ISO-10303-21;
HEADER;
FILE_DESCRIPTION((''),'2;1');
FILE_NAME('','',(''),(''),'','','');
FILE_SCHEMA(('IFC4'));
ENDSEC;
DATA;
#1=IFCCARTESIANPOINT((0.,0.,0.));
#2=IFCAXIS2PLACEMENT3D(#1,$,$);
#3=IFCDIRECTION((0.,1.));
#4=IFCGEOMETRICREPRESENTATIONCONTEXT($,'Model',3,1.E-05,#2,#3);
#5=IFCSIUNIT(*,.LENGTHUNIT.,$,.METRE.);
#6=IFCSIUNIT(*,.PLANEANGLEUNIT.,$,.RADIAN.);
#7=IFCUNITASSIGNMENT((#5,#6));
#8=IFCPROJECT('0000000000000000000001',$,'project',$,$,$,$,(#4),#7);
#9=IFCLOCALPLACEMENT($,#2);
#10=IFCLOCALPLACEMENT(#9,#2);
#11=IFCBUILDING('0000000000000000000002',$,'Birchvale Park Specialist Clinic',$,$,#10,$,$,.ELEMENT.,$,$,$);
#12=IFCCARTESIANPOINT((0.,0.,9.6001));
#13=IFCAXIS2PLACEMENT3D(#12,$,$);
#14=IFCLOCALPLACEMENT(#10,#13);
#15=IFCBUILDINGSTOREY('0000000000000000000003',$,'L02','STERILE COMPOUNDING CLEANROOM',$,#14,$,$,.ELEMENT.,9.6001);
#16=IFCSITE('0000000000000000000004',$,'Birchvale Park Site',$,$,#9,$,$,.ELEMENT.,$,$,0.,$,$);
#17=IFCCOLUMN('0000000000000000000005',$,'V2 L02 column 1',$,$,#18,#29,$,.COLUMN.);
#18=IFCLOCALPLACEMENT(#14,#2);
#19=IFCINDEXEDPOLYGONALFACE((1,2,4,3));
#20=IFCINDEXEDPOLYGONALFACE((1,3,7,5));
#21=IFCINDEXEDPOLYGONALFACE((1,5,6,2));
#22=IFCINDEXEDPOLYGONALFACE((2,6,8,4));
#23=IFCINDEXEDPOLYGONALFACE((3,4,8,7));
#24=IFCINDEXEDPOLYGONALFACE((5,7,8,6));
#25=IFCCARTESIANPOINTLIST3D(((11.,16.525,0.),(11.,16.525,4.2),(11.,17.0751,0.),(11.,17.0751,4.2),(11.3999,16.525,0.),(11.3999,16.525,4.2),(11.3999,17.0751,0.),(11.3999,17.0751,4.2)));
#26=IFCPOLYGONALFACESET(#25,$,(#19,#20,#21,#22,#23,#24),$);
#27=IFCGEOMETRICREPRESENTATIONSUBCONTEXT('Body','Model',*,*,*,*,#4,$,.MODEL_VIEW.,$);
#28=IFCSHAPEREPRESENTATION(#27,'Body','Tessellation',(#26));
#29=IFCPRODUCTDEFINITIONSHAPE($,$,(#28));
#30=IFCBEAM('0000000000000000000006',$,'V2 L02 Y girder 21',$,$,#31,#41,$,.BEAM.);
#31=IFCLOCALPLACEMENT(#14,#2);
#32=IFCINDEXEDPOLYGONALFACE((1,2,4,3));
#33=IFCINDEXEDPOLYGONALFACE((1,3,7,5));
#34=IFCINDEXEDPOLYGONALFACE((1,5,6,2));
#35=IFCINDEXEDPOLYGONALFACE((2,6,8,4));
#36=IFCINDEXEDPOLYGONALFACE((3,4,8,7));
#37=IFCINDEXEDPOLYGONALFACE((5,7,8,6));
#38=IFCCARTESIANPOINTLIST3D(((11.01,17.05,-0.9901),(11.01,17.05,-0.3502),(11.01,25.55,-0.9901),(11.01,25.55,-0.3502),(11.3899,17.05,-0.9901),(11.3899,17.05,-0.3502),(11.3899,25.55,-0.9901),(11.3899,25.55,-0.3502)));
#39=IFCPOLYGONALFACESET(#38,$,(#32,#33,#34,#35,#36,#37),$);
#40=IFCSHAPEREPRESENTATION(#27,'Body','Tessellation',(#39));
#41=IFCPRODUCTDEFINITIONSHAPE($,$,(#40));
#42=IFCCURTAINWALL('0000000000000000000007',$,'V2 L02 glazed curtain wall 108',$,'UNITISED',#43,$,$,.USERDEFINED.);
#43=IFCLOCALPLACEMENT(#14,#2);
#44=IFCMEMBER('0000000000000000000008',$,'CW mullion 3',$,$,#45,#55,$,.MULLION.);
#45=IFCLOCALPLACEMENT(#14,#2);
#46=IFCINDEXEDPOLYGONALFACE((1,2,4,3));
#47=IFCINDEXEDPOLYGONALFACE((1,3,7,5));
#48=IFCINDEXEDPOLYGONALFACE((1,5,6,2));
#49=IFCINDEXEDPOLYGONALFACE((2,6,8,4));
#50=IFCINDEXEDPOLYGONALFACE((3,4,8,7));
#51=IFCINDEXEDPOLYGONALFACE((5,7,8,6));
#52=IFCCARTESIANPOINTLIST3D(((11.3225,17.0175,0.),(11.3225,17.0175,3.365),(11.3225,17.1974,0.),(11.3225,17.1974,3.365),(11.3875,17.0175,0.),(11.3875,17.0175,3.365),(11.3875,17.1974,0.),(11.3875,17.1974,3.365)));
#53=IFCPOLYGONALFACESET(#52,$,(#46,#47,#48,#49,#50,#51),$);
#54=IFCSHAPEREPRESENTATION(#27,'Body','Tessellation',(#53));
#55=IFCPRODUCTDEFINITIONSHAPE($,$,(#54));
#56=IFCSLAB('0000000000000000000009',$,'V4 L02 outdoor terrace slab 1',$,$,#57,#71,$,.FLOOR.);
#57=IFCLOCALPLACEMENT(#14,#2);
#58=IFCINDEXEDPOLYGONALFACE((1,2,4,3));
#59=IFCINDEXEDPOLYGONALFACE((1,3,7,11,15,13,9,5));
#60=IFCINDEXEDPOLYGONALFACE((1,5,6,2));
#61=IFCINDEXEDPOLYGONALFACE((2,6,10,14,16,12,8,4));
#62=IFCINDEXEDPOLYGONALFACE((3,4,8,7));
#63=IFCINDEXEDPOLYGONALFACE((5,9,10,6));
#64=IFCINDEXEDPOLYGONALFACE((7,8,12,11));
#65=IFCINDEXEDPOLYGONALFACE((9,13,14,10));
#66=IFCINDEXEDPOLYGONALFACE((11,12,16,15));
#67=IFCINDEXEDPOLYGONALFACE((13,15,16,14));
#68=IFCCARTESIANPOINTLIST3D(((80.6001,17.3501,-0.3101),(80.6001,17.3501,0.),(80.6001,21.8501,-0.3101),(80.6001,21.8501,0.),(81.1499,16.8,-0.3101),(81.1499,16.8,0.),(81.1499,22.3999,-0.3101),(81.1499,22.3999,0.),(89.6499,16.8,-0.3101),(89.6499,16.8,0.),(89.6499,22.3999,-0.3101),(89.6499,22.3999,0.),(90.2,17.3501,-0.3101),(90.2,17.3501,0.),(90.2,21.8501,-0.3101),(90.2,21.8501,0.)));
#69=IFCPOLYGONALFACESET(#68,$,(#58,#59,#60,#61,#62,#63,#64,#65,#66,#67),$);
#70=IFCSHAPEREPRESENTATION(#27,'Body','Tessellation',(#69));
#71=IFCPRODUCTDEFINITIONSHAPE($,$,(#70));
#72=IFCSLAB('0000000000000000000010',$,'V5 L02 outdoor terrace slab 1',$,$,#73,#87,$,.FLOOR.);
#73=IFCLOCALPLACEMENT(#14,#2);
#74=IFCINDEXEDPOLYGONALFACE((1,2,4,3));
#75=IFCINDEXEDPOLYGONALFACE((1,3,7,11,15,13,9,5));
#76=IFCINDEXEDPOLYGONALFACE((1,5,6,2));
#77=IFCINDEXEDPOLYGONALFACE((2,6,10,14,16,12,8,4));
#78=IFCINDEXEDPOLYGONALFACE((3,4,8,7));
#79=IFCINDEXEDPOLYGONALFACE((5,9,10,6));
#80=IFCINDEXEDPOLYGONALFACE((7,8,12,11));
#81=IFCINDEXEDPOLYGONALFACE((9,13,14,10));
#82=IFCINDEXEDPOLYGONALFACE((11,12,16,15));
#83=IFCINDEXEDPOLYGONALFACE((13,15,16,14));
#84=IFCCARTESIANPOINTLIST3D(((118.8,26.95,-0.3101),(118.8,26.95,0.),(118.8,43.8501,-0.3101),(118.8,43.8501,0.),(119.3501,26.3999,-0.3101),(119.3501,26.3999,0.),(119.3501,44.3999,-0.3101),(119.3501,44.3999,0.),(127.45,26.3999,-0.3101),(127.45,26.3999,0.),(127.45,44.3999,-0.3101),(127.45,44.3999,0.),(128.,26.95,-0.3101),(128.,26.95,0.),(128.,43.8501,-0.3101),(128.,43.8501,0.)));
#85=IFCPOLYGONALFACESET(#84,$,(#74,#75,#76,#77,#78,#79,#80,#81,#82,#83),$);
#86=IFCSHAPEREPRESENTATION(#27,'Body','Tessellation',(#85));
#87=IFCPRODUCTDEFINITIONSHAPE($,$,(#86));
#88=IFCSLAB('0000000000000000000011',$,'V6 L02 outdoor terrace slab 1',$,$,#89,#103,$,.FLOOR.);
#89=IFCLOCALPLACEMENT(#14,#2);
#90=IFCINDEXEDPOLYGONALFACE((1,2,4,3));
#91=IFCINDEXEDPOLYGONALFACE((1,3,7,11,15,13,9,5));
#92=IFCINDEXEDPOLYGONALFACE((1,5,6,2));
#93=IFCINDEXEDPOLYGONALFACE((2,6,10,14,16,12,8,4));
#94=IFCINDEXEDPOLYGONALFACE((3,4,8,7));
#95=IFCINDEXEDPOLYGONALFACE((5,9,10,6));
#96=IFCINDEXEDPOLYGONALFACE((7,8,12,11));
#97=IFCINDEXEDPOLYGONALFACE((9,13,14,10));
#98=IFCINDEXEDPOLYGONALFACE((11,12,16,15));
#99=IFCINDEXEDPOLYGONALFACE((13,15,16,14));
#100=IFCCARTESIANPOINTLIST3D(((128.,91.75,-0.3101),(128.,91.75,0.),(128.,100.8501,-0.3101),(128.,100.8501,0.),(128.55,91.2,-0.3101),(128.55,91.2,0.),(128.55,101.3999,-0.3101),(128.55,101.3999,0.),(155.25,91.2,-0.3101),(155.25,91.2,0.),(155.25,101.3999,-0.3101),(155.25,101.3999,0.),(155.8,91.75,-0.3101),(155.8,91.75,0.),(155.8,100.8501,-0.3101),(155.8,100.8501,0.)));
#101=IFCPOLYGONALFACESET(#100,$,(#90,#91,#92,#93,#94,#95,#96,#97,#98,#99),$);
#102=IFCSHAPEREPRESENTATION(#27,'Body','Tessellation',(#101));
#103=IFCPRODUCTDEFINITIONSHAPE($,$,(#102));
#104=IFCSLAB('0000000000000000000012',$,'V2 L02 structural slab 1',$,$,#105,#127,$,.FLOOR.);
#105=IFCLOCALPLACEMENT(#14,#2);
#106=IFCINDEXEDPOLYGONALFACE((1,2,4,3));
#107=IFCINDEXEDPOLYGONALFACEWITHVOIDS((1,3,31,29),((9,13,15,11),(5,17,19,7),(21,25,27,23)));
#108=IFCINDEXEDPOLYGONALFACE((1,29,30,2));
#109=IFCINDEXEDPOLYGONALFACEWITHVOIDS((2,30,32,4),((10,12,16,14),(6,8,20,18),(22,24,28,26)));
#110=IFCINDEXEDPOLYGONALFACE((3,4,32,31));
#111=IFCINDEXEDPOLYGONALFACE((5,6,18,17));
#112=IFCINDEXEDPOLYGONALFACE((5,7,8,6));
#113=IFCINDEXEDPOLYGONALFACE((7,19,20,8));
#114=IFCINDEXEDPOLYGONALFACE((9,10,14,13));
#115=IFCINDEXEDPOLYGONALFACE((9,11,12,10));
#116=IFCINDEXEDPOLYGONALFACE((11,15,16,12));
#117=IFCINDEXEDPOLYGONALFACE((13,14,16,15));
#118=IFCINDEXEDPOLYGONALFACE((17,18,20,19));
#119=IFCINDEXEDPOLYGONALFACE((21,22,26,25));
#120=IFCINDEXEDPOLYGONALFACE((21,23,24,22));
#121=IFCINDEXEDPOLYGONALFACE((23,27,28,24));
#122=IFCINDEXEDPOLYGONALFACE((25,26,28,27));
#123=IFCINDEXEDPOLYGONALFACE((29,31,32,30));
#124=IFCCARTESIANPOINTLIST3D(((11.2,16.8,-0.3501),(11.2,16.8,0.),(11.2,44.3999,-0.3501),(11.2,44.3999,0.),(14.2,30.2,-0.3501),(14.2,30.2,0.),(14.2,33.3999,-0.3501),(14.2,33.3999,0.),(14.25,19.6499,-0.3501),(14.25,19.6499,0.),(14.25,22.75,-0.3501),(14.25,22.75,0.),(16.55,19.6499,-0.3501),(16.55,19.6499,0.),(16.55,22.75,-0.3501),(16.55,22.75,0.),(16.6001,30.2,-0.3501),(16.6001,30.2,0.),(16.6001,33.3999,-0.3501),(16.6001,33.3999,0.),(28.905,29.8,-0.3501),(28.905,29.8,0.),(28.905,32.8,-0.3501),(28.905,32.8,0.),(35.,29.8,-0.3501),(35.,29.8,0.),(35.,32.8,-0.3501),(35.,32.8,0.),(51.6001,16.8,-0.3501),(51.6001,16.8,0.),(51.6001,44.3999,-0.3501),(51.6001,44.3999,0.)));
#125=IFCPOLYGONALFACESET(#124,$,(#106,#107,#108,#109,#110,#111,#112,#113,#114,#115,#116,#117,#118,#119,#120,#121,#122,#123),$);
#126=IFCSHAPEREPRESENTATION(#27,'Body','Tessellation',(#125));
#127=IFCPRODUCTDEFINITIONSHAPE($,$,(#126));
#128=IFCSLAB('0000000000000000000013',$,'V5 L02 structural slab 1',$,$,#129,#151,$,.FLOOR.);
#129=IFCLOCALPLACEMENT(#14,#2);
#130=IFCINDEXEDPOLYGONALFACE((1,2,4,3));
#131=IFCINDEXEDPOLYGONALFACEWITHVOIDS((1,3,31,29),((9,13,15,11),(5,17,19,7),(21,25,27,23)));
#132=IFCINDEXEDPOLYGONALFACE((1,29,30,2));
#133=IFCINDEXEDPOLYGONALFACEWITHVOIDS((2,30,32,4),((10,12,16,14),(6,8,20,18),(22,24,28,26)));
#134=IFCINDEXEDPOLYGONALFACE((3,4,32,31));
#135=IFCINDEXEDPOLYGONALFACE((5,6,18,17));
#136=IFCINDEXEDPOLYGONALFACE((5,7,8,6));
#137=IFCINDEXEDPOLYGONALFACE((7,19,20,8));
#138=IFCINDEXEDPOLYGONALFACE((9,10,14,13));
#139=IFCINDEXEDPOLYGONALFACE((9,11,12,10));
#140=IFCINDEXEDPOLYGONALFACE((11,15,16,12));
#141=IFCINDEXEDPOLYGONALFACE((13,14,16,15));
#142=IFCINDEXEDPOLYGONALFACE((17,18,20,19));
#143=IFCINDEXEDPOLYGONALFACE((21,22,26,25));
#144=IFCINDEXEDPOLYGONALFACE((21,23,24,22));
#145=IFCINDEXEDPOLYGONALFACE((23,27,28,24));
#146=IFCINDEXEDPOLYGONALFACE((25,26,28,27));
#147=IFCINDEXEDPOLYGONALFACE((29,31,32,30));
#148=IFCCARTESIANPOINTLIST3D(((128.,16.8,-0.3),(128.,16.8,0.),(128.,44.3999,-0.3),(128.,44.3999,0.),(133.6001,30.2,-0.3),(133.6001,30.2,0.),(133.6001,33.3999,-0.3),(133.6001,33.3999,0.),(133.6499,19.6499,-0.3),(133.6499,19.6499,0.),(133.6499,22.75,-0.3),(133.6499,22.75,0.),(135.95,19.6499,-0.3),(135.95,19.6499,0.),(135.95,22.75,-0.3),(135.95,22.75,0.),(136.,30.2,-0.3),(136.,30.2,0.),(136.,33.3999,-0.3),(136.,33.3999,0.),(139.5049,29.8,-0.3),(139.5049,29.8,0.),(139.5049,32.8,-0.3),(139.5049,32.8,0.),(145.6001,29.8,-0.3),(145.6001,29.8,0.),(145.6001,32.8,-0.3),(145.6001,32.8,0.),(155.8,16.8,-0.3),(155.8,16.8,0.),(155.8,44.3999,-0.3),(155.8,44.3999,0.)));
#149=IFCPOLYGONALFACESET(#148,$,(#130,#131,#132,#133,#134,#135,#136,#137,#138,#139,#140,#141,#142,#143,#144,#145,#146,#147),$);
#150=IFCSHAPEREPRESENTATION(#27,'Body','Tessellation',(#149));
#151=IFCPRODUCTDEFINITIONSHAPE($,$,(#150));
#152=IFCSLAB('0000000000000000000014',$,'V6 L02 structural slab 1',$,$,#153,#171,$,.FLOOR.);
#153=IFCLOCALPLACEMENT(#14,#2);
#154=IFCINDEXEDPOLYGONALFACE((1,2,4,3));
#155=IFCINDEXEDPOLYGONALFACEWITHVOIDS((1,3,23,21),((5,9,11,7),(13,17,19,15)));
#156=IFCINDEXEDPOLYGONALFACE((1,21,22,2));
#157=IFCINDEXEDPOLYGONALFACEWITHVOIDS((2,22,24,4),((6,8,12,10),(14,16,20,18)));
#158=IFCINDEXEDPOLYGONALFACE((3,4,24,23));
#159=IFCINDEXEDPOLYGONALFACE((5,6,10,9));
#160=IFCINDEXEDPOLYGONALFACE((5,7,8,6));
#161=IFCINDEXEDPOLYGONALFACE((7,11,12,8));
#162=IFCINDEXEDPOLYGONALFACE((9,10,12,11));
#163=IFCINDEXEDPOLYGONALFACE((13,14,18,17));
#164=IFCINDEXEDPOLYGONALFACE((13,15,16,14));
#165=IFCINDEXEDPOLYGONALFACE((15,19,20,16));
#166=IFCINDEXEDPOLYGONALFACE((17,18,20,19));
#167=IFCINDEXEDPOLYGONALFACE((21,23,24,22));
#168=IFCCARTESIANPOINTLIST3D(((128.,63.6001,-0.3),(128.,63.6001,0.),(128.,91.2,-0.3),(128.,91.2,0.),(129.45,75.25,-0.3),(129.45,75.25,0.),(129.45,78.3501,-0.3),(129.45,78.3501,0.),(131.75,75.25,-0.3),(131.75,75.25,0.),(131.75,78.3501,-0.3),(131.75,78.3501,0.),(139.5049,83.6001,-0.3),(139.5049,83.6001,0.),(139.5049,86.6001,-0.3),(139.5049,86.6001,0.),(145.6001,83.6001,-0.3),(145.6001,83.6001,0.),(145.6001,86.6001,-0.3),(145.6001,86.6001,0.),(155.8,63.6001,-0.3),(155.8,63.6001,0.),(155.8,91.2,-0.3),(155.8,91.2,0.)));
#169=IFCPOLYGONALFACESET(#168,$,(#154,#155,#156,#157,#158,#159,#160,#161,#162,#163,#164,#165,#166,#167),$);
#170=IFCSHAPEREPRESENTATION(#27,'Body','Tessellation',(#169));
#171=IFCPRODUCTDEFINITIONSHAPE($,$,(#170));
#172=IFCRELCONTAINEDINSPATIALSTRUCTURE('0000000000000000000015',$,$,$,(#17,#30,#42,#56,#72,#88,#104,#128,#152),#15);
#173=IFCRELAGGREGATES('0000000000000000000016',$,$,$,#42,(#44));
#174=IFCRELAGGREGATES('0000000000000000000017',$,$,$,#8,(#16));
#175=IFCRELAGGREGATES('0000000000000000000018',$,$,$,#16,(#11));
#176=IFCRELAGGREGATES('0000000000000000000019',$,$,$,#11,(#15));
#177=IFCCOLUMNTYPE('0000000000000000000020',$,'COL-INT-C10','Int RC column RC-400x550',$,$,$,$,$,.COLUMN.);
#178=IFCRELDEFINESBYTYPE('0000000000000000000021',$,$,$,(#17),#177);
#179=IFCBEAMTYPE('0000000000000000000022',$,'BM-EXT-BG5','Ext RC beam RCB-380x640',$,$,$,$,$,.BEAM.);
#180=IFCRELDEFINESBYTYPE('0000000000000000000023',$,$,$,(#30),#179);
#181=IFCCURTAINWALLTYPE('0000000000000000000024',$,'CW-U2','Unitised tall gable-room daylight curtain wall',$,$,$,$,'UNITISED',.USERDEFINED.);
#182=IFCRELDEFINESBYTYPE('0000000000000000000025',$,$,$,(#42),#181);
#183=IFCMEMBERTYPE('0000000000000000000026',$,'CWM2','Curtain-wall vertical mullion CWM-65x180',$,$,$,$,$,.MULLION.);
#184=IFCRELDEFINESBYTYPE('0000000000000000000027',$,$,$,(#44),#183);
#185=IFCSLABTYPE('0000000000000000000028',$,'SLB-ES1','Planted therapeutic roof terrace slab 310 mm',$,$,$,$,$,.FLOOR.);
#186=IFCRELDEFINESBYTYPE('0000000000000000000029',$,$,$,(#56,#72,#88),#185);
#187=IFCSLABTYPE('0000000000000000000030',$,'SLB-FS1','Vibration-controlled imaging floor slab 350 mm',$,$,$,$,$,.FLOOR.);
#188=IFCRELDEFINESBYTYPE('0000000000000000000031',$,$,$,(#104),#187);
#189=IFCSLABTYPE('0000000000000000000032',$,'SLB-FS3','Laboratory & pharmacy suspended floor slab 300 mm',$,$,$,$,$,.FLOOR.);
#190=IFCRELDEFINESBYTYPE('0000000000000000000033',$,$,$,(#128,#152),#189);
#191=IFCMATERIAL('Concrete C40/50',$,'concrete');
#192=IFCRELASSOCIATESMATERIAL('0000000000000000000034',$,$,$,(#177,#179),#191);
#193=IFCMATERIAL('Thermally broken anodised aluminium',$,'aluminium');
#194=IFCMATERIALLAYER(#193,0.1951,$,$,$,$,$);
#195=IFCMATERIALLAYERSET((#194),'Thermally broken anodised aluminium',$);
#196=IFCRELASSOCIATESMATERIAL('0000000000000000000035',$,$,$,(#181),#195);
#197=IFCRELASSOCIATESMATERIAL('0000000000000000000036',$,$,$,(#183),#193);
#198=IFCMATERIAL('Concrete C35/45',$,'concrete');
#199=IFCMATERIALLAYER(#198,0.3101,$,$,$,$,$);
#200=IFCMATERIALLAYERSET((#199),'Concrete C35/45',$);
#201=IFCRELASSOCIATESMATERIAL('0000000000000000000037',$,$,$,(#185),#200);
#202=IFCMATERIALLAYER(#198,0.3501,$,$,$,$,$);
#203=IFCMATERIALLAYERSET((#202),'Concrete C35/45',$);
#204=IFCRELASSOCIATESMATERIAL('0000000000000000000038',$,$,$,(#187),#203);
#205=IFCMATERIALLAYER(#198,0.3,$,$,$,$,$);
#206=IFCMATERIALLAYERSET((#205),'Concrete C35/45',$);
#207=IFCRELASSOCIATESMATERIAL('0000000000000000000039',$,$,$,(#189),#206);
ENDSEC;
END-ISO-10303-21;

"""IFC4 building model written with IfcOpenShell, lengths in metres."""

from ifc_helpers import new_model, si_unit, direction, frame, origin, origin_2d, place, context, subcontext, project, spatial, polyline, rectangle, outline, extrude, material, layer, layer_set, material_profile, profile_set, type_object, element, aggregate, save


model = new_model("IFC4")

# Units and contexts
model_context = context("Model", 3, precision=1e-05, world=origin(), true_north=direction((0.0, 1.0)))
body_context = subcontext(model_context, "Body", "Model", "MODEL_VIEW")
ifc_project = project(units=[si_unit("LENGTHUNIT", "METRE"), si_unit("PLANEANGLEUNIT", "RADIAN")], contexts=[model_context])

# Site, building, storey
site_placement = place(None, origin())
site = spatial("IfcSite", under=ifc_project, at=site_placement, Name="Birchvale Park Site", CompositionType="ELEMENT", RefElevation=0.0)
building_placement = place(site_placement, origin())
building = spatial("IfcBuilding", under=site, at=building_placement, Name="Birchvale Park Specialist Clinic", CompositionType="ELEMENT")
storey_placement = place(building_placement, frame((0.0, 0.0, 9.6001)))
storey = spatial("IfcBuildingStorey", under=building, at=storey_placement, Name="L02", Description="STERILE COMPOUNDING CLEANROOM", CompositionType="ELEMENT", Elevation=9.6001)

# Column
ifc_material_1 = material(Name="Concrete C40/50", Category="concrete")
ifc_material_profile_1 = material_profile(ifc_material_1, rectangle(XDim=0.3999, YDim=0.55, at=origin_2d()), Name="RC-400x550")
ifc_profile_set_1 = profile_set([ifc_material_profile_1], Name="Concrete C40/50")
column_type = type_object("IfcColumnType", Name="COL-INT-C10", Description="Int RC column RC-400x550", PredefinedType="COLUMN", material=ifc_profile_set_1)
column_placement = place(storey_placement, frame((11.2, 16.8, 0.0), z_axis=(0.0, 0.0, 1.0), x_axis=(1.0, 0.0, 0.0)))
element("IfcColumn", 1, at=column_placement, inside=storey, type_object=column_type, Name="V2 L02 column 1", PredefinedType="COLUMN", context=body_context, shape_type="SweptSolid", body=[
    extrude(rectangle(XDim=0.3999, YDim=0.55, at=origin_2d()), origin(), (0.0, 0.0, 1.0), 4.2),
])

# Beam
ifc_material_profile_2 = material_profile(ifc_material_1, rectangle(XDim=0.3799, YDim=0.6399, at=origin_2d()), Name="RCB-380x640")
ifc_profile_set_2 = profile_set([ifc_material_profile_2], Name="Concrete C40/50")
beam_type = type_object("IfcBeamType", Name="BM-EXT-BG5", Description="Ext RC beam RCB-380x640", PredefinedType="BEAM", material=ifc_profile_set_2)
beam_placement = place(storey_placement, frame((11.2, 17.05, -0.6702), z_axis=(0.0, 1.0, 0.0), x_axis=(-1.0, 0.0, 0.0)))
element("IfcBeam", 2, at=beam_placement, inside=storey, type_object=beam_type, Name="V2 L02 Y girder 21", PredefinedType="BEAM", context=body_context, shape_type="SweptSolid", body=[
    extrude(rectangle(XDim=0.3799, YDim=0.6399, at=origin_2d()), origin(), (0.0, 0.0, 1.0), 8.5),
])

# Curtain wall, member
ifc_material_2 = material(Name="Thermally broken anodised aluminium", Category="aluminium")
ifc_layer_1 = layer(ifc_material_2, 0.1951)
ifc_layer_set_1 = layer_set([ifc_layer_1], Name="Thermally broken anodised aluminium")
curtain_wall_type = type_object("IfcCurtainWallType", Name="CW-U2", Description="Unitised tall gable-room daylight curtain wall", ElementType="UNITISED", PredefinedType="USERDEFINED", material=ifc_layer_set_1)
curtain_wall_placement = place(storey_placement, origin())
curtain_wall = element("IfcCurtainWall", 3, at=curtain_wall_placement, inside=storey, type_object=curtain_wall_type, Name="V2 L02 glazed curtain wall 108", ObjectType="UNITISED", PredefinedType="USERDEFINED")
ifc_material_profile_3 = material_profile(ifc_material_2, rectangle(XDim=0.0649, YDim=0.1799, at=origin_2d()), Name="CWM-65x180")
ifc_profile_set_3 = profile_set([ifc_material_profile_3], Name="Thermally broken anodised aluminium")
member_type = type_object("IfcMemberType", Name="CWM2", Description="Curtain-wall vertical mullion CWM-65x180", PredefinedType="MULLION", material=ifc_profile_set_3)
member_placement = place(storey_placement, frame((11.355, 17.1074, 0.0), z_axis=(0.0, 0.0, 1.0), x_axis=(1.0, 0.0, 0.0)))
member = element("IfcMember", 4, at=member_placement, type_object=member_type, Name="CW mullion 3", PredefinedType="MULLION", context=body_context, shape_type="SweptSolid", body=[
    extrude(rectangle(XDim=0.0649, YDim=0.1799, at=origin_2d()), origin(), (0.0, 0.0, 1.0), 3.365),
])
aggregate(curtain_wall, [member])

# Slabs
ifc_material_3 = material(Name="Concrete C35/45", Category="concrete")
ifc_layer_2 = layer(ifc_material_3, 0.3101)
ifc_layer_set_2 = layer_set([ifc_layer_2], Name="Concrete C35/45")
slab_type_1 = type_object("IfcSlabType", Name="SLB-ES1", Description="Planted therapeutic roof terrace slab 310 mm", PredefinedType="FLOOR", material=ifc_layer_set_2)
slab_1_placement = place(storey_placement, frame((0.0, 0.0, -0.3101)))
element("IfcSlab", 5, at=slab_1_placement, inside=storey, type_object=slab_type_1, Name="V4 L02 outdoor terrace slab 1", PredefinedType="FLOOR", context=body_context, shape_type="SweptSolid", body=[
    extrude(outline(polyline([(81.1499, 16.8), (89.6499, 16.8), (90.2, 17.3501), (90.2, 21.8501), (89.6499, 22.3999), (81.1499, 22.3999), (80.6001, 21.8501), (80.6001, 17.3501), (81.1499, 16.8)])), origin(), (0.0, 0.0, 1.0), 0.3101),
])
slab_2_placement = place(storey_placement, frame((0.0, 0.0, -0.3101)))
element("IfcSlab", 6, at=slab_2_placement, inside=storey, type_object=slab_type_1, Name="V5 L02 outdoor terrace slab 1", PredefinedType="FLOOR", context=body_context, shape_type="SweptSolid", body=[
    extrude(outline(polyline([(119.3501, 26.3999), (127.45, 26.3999), (128.0, 26.95), (128.0, 43.8501), (127.45, 44.3999), (119.3501, 44.3999), (118.8, 43.8501), (118.8, 26.95), (119.3501, 26.3999)])), origin(), (0.0, 0.0, 1.0), 0.3101),
])
slab_3_placement = place(storey_placement, frame((0.0, 0.0, -0.3101)))
element("IfcSlab", 7, at=slab_3_placement, inside=storey, type_object=slab_type_1, Name="V6 L02 outdoor terrace slab 1", PredefinedType="FLOOR", context=body_context, shape_type="SweptSolid", body=[
    extrude(outline(polyline([(128.55, 91.2), (155.25, 91.2), (155.8, 91.75), (155.8, 100.8501), (155.25, 101.3999), (128.55, 101.3999), (128.0, 100.8501), (128.0, 91.75), (128.55, 91.2)])), origin(), (0.0, 0.0, 1.0), 0.3101),
])
ifc_layer_3 = layer(ifc_material_3, 0.3501)
ifc_layer_set_3 = layer_set([ifc_layer_3], Name="Concrete C35/45")
slab_type_2 = type_object("IfcSlabType", Name="SLB-FS1", Description="Vibration-controlled imaging floor slab 350 mm", PredefinedType="FLOOR", material=ifc_layer_set_3)
slab_4_placement = place(storey_placement, frame((0.0, 0.0, -0.3501)))
element("IfcSlab", 8, at=slab_4_placement, inside=storey, type_object=slab_type_2, Name="V2 L02 structural slab 1", PredefinedType="FLOOR", context=body_context, shape_type="SweptSolid", body=[
    extrude(outline(polyline([(11.2, 16.8), (51.6001, 16.8), (51.6001, 44.3999), (11.2, 44.3999), (11.2, 16.8)]), holes=[polyline([(28.905, 29.8), (35.0, 29.8), (35.0, 32.8), (28.905, 32.8), (28.905, 29.8)]), polyline([(14.25, 19.6499), (16.55, 19.6499), (16.55, 22.75), (14.25, 22.75), (14.25, 19.6499)]), polyline([(14.2, 30.2), (16.6001, 30.2), (16.6001, 33.3999), (14.2, 33.3999), (14.2, 30.2)])]), origin(), (0.0, 0.0, 1.0), 0.3501),
])
ifc_layer_4 = layer(ifc_material_3, 0.3)
ifc_layer_set_4 = layer_set([ifc_layer_4], Name="Concrete C35/45")
slab_type_3 = type_object("IfcSlabType", Name="SLB-FS3", Description="Laboratory & pharmacy suspended floor slab 300 mm", PredefinedType="FLOOR", material=ifc_layer_set_4)
slab_5_placement = place(storey_placement, frame((0.0, 0.0, -0.3)))
element("IfcSlab", 9, at=slab_5_placement, inside=storey, type_object=slab_type_3, Name="V5 L02 structural slab 1", PredefinedType="FLOOR", context=body_context, shape_type="SweptSolid", body=[
    extrude(outline(polyline([(128.0, 16.8), (155.8, 16.8), (155.8, 44.3999), (128.0, 44.3999), (128.0, 16.8)]), holes=[polyline([(139.5049, 29.8), (145.6001, 29.8), (145.6001, 32.8), (139.5049, 32.8), (139.5049, 29.8)]), polyline([(133.6499, 19.6499), (135.95, 19.6499), (135.95, 22.75), (133.6499, 22.75), (133.6499, 19.6499)]), polyline([(133.6001, 30.2), (136.0, 30.2), (136.0, 33.3999), (133.6001, 33.3999), (133.6001, 30.2)])]), origin(), (0.0, 0.0, 1.0), 0.3),
])
slab_6_placement = place(storey_placement, frame((0.0, 0.0, -0.3)))
element("IfcSlab", 10, at=slab_6_placement, inside=storey, type_object=slab_type_3, Name="V6 L02 structural slab 1", PredefinedType="FLOOR", context=body_context, shape_type="SweptSolid", body=[
    extrude(outline(polyline([(128.0, 63.6001), (155.8, 63.6001), (155.8, 91.2), (128.0, 91.2), (128.0, 63.6001)]), holes=[polyline([(139.5049, 83.6001), (145.6001, 83.6001), (145.6001, 86.6001), (139.5049, 86.6001), (139.5049, 83.6001)]), polyline([(129.45, 75.25), (131.75, 75.25), (131.75, 78.3501), (129.45, 78.3501), (129.45, 75.25)])]), origin(), (0.0, 0.0, 1.0), 0.3),
])

save(model, "model.ifc")
